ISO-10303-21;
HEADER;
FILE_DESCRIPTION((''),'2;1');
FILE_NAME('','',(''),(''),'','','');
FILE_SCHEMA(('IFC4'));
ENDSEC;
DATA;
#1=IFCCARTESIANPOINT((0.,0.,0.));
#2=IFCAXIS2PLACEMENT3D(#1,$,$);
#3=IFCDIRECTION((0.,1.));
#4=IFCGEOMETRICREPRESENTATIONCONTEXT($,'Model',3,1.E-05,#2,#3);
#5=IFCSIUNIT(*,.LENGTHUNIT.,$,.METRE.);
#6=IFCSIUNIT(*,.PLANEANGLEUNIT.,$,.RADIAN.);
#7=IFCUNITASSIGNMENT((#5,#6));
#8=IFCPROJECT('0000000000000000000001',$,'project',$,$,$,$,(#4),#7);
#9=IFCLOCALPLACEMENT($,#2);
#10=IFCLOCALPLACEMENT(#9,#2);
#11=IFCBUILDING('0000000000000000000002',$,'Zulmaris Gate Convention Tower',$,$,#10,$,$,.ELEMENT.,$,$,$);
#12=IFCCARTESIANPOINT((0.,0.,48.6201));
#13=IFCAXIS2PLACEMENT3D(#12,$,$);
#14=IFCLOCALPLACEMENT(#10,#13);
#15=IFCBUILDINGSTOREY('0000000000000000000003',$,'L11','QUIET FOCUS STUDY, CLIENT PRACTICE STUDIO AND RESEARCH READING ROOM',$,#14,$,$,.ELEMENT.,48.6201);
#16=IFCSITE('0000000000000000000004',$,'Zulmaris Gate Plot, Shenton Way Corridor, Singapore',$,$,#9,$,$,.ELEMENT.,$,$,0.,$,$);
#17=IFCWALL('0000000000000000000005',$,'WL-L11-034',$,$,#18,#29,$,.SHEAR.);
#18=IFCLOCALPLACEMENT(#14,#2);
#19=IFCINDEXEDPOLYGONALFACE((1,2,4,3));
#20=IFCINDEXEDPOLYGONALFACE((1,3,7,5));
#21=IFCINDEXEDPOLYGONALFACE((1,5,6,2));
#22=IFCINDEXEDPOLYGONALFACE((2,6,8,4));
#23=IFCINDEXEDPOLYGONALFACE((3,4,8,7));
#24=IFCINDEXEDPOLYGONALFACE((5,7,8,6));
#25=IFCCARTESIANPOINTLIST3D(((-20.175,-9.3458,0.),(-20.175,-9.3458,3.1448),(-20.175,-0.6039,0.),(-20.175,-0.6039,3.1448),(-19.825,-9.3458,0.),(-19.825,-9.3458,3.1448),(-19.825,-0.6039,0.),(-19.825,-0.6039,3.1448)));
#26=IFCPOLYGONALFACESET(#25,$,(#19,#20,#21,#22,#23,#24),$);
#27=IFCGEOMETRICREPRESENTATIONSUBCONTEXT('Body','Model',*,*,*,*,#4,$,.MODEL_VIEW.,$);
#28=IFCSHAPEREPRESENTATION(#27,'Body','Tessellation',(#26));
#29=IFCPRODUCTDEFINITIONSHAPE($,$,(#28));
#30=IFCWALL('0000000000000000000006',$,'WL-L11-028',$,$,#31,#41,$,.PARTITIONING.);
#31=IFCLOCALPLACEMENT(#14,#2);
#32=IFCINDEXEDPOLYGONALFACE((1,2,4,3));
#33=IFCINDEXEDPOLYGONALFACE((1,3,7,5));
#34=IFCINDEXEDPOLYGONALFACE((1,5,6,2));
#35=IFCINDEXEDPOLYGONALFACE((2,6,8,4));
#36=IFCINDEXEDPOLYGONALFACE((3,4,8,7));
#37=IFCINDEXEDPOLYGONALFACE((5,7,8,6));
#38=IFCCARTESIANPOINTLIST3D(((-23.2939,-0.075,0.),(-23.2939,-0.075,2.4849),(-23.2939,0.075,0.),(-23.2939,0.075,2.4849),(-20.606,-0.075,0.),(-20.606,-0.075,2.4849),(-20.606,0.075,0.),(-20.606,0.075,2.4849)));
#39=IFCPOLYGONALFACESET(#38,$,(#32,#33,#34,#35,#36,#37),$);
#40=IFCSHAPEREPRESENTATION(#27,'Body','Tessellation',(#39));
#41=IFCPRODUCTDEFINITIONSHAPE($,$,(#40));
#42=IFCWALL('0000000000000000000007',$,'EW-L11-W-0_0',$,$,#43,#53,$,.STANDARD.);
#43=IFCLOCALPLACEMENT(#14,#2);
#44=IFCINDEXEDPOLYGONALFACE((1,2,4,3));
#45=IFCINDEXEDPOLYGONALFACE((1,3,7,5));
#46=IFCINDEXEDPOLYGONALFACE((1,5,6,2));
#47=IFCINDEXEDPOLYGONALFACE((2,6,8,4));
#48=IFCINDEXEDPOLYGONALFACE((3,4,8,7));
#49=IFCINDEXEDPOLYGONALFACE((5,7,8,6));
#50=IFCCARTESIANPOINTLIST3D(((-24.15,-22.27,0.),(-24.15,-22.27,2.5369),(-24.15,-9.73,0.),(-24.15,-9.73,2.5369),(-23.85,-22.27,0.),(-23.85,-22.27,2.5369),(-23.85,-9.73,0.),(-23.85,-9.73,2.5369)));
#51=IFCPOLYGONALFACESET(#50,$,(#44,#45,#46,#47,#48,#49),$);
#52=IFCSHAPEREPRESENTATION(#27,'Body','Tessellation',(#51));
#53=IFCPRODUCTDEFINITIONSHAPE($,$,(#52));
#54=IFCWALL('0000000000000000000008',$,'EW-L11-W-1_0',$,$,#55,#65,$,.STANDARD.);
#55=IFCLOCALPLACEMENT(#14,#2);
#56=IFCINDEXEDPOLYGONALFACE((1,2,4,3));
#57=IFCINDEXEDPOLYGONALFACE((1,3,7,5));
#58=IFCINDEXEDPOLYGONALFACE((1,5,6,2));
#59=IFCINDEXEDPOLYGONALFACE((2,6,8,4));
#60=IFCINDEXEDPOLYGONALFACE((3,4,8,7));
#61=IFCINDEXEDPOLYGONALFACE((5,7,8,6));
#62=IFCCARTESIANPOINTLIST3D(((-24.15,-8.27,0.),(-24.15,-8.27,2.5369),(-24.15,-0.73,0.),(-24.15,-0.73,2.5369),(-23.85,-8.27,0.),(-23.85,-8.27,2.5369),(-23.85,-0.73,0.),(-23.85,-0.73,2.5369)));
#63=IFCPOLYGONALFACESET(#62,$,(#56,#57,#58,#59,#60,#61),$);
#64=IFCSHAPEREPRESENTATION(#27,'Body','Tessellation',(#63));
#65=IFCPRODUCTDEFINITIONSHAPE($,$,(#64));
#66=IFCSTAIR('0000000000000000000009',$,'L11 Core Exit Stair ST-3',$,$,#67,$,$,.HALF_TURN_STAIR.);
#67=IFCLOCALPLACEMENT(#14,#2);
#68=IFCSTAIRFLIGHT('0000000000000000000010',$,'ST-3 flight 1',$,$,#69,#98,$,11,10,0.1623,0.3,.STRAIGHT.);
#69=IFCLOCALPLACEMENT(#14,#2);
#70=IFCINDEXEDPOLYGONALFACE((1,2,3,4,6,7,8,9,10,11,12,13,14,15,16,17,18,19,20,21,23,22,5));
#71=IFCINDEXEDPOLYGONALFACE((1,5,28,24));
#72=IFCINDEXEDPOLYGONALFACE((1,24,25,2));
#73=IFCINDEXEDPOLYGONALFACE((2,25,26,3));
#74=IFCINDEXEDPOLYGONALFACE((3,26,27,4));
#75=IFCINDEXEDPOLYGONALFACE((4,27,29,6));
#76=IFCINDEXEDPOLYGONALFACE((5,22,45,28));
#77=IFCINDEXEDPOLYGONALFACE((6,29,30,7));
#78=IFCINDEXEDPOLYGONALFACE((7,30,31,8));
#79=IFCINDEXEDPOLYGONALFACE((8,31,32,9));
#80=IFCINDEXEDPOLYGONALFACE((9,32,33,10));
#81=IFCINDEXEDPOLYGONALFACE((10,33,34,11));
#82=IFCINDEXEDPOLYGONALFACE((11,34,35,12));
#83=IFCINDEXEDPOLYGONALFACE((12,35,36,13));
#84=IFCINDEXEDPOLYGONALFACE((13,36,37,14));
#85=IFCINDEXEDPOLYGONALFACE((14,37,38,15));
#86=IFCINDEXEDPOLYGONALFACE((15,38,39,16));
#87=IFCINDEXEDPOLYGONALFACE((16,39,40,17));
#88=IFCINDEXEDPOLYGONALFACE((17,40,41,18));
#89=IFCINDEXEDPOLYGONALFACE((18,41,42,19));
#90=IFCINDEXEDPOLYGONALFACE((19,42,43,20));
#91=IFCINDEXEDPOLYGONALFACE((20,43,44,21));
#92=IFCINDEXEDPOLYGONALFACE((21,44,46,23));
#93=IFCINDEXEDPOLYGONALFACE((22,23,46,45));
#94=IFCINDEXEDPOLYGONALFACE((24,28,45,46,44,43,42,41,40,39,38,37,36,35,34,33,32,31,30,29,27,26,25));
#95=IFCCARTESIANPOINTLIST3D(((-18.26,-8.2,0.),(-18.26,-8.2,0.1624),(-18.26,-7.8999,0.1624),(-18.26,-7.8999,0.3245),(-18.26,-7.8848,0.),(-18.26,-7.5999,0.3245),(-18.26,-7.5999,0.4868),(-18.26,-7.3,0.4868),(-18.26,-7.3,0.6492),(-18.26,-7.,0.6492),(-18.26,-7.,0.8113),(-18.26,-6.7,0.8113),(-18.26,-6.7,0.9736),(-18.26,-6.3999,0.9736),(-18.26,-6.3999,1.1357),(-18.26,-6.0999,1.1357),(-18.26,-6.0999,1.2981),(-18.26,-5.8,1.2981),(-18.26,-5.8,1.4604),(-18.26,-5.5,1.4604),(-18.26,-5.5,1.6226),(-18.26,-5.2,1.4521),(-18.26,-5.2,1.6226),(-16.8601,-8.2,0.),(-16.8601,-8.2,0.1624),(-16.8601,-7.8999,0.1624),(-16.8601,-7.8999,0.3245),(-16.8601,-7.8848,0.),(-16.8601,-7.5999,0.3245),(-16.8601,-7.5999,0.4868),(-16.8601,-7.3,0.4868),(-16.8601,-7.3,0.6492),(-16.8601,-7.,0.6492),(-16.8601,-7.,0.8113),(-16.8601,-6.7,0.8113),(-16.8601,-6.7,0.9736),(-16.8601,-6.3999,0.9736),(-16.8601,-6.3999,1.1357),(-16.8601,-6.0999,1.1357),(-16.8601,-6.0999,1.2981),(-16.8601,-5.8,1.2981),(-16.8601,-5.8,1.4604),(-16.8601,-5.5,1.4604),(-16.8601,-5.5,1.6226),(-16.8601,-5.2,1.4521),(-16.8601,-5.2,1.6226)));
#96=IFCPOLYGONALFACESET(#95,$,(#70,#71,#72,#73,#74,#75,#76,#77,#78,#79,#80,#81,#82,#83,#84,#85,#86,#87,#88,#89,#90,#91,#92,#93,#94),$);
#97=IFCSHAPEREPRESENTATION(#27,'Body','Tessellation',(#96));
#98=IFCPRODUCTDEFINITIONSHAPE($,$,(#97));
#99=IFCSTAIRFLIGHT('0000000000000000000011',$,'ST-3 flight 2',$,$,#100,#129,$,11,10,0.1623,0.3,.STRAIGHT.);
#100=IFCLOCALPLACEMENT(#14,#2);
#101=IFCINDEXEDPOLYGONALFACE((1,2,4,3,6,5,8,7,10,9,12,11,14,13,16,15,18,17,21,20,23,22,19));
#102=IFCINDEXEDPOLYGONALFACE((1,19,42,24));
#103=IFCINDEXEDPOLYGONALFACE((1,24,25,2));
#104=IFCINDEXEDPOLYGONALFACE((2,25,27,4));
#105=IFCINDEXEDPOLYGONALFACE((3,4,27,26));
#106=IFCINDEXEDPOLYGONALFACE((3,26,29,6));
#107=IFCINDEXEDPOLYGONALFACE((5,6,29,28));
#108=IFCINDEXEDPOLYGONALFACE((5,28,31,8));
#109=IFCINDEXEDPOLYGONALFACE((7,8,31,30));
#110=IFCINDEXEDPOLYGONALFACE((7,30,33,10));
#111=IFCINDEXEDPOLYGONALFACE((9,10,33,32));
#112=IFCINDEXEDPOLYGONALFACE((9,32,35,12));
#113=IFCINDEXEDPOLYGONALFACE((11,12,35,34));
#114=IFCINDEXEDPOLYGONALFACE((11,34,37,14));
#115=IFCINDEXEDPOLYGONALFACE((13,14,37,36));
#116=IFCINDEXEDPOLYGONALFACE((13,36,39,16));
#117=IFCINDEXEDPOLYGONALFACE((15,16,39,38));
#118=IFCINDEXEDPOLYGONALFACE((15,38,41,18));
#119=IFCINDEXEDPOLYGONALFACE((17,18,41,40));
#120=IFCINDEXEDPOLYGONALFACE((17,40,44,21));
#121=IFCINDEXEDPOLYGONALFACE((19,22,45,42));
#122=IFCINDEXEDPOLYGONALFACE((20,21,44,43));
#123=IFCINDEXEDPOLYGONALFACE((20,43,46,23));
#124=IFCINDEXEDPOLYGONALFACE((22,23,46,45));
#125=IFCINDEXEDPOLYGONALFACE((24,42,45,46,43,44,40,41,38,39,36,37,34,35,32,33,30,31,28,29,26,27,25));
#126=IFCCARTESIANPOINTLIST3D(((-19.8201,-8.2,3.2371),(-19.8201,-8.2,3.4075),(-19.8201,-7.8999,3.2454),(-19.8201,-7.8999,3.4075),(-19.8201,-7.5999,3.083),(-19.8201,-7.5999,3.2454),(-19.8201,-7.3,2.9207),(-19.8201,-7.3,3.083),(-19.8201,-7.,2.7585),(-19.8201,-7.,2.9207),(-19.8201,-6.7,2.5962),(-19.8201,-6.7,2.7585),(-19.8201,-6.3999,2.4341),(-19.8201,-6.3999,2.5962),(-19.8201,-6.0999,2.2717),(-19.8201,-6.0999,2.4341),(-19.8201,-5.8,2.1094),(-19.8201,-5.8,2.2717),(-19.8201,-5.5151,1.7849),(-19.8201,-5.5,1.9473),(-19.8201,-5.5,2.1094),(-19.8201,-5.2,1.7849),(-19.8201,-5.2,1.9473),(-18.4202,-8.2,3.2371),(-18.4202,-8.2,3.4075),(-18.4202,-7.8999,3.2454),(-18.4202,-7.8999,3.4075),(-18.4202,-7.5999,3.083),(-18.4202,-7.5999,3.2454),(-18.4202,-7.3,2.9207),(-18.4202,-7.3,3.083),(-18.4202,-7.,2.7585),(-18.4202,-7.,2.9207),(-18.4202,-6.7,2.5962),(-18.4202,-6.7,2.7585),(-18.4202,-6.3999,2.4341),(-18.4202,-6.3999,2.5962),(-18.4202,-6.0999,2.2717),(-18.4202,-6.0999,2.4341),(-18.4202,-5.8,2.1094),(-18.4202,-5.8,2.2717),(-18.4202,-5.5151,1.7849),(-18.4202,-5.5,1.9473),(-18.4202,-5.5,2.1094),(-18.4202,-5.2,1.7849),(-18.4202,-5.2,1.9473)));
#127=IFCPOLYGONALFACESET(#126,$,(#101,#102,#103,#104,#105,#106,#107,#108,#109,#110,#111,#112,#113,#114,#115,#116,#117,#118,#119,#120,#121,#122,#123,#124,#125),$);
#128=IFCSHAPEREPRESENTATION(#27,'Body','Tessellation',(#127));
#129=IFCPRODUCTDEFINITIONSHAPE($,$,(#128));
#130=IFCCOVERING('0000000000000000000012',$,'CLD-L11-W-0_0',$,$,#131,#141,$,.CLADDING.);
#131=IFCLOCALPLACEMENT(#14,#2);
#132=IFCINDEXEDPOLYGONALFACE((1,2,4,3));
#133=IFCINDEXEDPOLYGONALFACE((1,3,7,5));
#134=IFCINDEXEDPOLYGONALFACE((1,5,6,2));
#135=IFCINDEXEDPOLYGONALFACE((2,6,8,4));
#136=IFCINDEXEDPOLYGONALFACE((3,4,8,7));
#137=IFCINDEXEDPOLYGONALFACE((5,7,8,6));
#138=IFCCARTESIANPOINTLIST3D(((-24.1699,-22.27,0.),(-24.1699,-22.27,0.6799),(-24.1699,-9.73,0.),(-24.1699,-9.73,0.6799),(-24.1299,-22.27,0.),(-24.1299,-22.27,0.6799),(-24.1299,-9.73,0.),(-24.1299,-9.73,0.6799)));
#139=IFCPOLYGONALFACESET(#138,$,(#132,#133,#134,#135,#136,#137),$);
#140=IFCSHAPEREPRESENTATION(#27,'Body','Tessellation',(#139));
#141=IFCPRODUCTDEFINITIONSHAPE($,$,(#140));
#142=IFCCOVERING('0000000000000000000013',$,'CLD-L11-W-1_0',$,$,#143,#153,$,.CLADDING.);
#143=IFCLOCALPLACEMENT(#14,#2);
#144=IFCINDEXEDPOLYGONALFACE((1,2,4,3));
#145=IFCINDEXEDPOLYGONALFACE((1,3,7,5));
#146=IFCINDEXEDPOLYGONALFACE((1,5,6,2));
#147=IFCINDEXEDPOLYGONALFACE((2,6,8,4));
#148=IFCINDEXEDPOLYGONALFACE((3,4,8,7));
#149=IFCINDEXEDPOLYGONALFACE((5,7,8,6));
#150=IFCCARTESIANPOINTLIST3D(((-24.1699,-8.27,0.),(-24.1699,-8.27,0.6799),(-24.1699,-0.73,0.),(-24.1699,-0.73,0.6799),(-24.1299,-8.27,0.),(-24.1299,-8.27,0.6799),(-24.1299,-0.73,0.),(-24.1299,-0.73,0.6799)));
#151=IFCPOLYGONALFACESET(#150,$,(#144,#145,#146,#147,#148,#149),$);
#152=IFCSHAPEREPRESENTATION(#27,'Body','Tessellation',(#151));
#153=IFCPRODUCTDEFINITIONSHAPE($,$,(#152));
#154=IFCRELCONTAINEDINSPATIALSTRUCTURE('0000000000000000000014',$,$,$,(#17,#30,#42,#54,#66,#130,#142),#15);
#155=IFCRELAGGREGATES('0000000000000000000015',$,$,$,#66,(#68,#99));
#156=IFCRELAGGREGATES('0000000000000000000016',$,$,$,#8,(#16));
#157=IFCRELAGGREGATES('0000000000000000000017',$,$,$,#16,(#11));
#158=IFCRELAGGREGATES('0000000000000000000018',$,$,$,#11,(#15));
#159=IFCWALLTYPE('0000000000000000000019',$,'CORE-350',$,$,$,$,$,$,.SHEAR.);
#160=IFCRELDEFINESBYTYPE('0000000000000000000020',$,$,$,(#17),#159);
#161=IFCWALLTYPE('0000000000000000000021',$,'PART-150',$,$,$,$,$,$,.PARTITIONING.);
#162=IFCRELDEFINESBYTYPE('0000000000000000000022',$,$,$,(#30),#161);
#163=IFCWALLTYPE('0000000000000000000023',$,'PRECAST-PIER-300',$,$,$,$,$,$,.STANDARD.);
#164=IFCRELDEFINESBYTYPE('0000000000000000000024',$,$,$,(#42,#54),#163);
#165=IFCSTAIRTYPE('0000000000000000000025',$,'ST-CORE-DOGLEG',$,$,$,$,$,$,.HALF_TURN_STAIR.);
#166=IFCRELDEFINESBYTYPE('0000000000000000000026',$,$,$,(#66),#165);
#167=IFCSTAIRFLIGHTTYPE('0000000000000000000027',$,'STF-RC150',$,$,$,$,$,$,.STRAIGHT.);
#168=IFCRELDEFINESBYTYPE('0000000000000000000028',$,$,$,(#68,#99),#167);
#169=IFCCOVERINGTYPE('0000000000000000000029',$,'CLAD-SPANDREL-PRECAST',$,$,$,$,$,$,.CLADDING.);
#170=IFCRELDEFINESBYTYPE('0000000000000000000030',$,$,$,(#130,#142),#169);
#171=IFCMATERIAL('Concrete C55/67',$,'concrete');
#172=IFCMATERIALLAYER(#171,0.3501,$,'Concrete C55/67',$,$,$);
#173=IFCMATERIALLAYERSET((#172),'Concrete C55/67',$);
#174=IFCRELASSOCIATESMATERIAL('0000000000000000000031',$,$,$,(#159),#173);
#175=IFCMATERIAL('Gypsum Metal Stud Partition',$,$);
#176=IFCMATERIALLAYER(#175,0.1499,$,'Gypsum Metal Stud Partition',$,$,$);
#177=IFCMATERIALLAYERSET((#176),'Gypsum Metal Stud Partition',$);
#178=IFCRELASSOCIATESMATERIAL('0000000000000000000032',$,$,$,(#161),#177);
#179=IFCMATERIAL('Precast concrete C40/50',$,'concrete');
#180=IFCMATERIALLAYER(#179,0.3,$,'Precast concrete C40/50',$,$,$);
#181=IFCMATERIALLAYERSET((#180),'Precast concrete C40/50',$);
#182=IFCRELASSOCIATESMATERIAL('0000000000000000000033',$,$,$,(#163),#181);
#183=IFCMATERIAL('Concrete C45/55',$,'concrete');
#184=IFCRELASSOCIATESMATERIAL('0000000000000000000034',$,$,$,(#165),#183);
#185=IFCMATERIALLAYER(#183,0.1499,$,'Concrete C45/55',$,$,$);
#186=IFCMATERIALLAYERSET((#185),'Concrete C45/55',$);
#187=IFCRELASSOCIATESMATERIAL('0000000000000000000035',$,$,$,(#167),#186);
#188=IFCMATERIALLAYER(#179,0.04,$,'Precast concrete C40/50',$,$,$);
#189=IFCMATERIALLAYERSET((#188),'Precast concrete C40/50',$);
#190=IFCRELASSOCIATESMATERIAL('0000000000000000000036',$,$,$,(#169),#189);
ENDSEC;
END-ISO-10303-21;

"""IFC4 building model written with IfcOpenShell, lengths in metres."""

from ifc_helpers import new_model, si_unit, direction, frame, frame_2d, origin, place, context, subcontext, project, spatial, polyline, rectangle, outline, extrude, material, layer, layer_set, type_object, element, aggregate, save


model = new_model("IFC4")

# Units and contexts
model_context = context("Model", 3, precision=1e-05, world=origin(), true_north=direction((0.0, 1.0)))
body_context = subcontext(model_context, "Body", "Model", "MODEL_VIEW")
ifc_project = project(units=[si_unit("LENGTHUNIT", "METRE"), si_unit("PLANEANGLEUNIT", "RADIAN")], contexts=[model_context])

# Site, building, storey
site_placement = place(None, origin())
site = spatial("IfcSite", under=ifc_project, at=site_placement, Name="Zulmaris Gate Plot, Shenton Way Corridor, Singapore", CompositionType="ELEMENT", RefElevation=0.0)
building_placement = place(site_placement, origin())
building = spatial("IfcBuilding", under=site, at=building_placement, Name="Zulmaris Gate Convention Tower", CompositionType="ELEMENT")
storey_placement = place(building_placement, frame((0.0, 0.0, 48.6201)))
storey = spatial("IfcBuildingStorey", under=building, at=storey_placement, Name="L11", Description="QUIET FOCUS STUDY, CLIENT PRACTICE STUDIO AND RESEARCH READING ROOM", CompositionType="ELEMENT", Elevation=48.6201)

# Walls
ifc_material_1 = material(Name="Concrete C55/67", Category="concrete")
ifc_layer_1 = layer(ifc_material_1, 0.3501, Name="Concrete C55/67")
ifc_layer_set_1 = layer_set([ifc_layer_1], Name="Concrete C55/67")
wall_type_1 = type_object("IfcWallType", Name="CORE-350", PredefinedType="SHEAR", material=ifc_layer_set_1)
wall_1_placement = place(storey_placement, frame((-20.0, -9.3459, 0.0), z_axis=(0.0, 0.0, 1.0), x_axis=(0.0, 1.0, 0.0)))
element("IfcWall", 1, at=wall_1_placement, inside=storey, type_object=wall_type_1, Name="WL-L11-034", PredefinedType="SHEAR", context=body_context, shape_type="SweptSolid", body=[
    extrude(rectangle(XDim=8.7419, YDim=0.3501, at=frame_2d((4.3711, 0.0))), origin(), (0.0, 0.0, 1.0), 3.1448),
])
ifc_material_2 = material(Name="Gypsum Metal Stud Partition")
ifc_layer_2 = layer(ifc_material_2, 0.1499, Name="Gypsum Metal Stud Partition")
ifc_layer_set_2 = layer_set([ifc_layer_2], Name="Gypsum Metal Stud Partition")
wall_type_2 = type_object("IfcWallType", Name="PART-150", PredefinedType="PARTITIONING", material=ifc_layer_set_2)
wall_2_placement = place(storey_placement, frame((-23.2939, 0.0, 0.0), z_axis=(0.0, 0.0, 1.0), x_axis=(1.0, 0.0, 0.0)))
element("IfcWall", 2, at=wall_2_placement, inside=storey, type_object=wall_type_2, Name="WL-L11-028", PredefinedType="PARTITIONING", context=body_context, shape_type="SweptSolid", body=[
    extrude(rectangle(XDim=2.688, YDim=0.1499, at=frame_2d((1.344, 0.0))), origin(), (0.0, 0.0, 1.0), 2.4849),
])
ifc_material_3 = material(Name="Precast concrete C40/50", Category="concrete")
ifc_layer_3 = layer(ifc_material_3, 0.3, Name="Precast concrete C40/50")
ifc_layer_set_3 = layer_set([ifc_layer_3], Name="Precast concrete C40/50")
wall_type_3 = type_object("IfcWallType", Name="PRECAST-PIER-300", PredefinedType="STANDARD", material=ifc_layer_set_3)
wall_3_placement = place(storey_placement, frame((-24.0, -9.73, 0.0), z_axis=(0.0, 0.0, 1.0), x_axis=(0.0, -1.0, 0.0)))
element("IfcWall", 3, at=wall_3_placement, inside=storey, type_object=wall_type_3, Name="EW-L11-W-0_0", PredefinedType="STANDARD", context=body_context, shape_type="SweptSolid", body=[
    extrude(rectangle(XDim=12.54, YDim=0.3, at=frame_2d((6.27, 0.0))), origin(), (0.0, 0.0, 1.0), 2.5369),
])
wall_4_placement = place(storey_placement, frame((-24.0, -0.73, 0.0), z_axis=(0.0, 0.0, 1.0), x_axis=(0.0, -1.0, 0.0)))
element("IfcWall", 4, at=wall_4_placement, inside=storey, type_object=wall_type_3, Name="EW-L11-W-1_0", PredefinedType="STANDARD", context=body_context, shape_type="SweptSolid", body=[
    extrude(rectangle(XDim=7.54, YDim=0.3, at=frame_2d((3.77, 0.0))), origin(), (0.0, 0.0, 1.0), 2.5369),
])

# Stair, stair flights
ifc_material_4 = material(Name="Concrete C45/55", Category="concrete")
stair_type = type_object("IfcStairType", Name="ST-CORE-DOGLEG", PredefinedType="HALF_TURN_STAIR", material=ifc_material_4)
stair_placement = place(storey_placement, origin())
stair = element("IfcStair", 5, at=stair_placement, inside=storey, type_object=stair_type, Name="L11 Core Exit Stair ST-3", PredefinedType="HALF_TURN_STAIR")
ifc_layer_4 = layer(ifc_material_4, 0.1499, Name="Concrete C45/55")
ifc_layer_set_4 = layer_set([ifc_layer_4], Name="Concrete C45/55")
stair_flight_type = type_object("IfcStairFlightType", Name="STF-RC150", PredefinedType="STRAIGHT", material=ifc_layer_set_4)
stair_flight_1_placement = place(storey_placement, frame((-17.5601, -8.2, 0.0), z_axis=(0.0, 0.0, 1.0), x_axis=(0.0, 1.0, 0.0)))
stair_flight_1 = element("IfcStairFlight", 6, at=stair_flight_1_placement, type_object=stair_flight_type, Name="ST-3 flight 1", NumberOfRisers=11, NumberOfTreads=10, PredefinedType="STRAIGHT", RiserHeight=0.1623, TreadLength=0.3, context=body_context, shape_type="SweptSolid", body=[
    extrude(outline(polyline([(0.0, 0.0), (0.0, 0.1624), (0.3, 0.1624), (0.3, 0.3245), (0.6001, 0.3245), (0.6001, 0.4868), (0.8999, 0.4868), (0.8999, 0.6492), (1.2, 0.6492), (1.2, 0.8113), (1.5, 0.8113), (1.5, 0.9736), (1.8, 0.9736), (1.8, 1.1357), (2.1001, 1.1357), (2.1001, 1.2981), (2.3999, 1.2981), (2.3999, 1.4604), (2.7, 1.4604), (2.7, 1.6226), (3.0, 1.6226), (3.0, 1.7849), (3.0, 1.4521), (0.3152, 0.0), (0.0, 0.0)])), frame((0.0, 0.7, 0.0), z_axis=(0.0, -1.0, 0.0), x_axis=(1.0, 0.0, 0.0)), (0.0, 0.0, 1.0), 1.3999),
])
stair_flight_2_placement = place(storey_placement, frame((-19.1201, -5.2, 1.7849), z_axis=(0.0, 0.0, 1.0), x_axis=(0.0, -1.0, 0.0)))
stair_flight_2 = element("IfcStairFlight", 7, at=stair_flight_2_placement, type_object=stair_flight_type, Name="ST-3 flight 2", NumberOfRisers=11, NumberOfTreads=10, PredefinedType="STRAIGHT", RiserHeight=0.1623, TreadLength=0.3, context=body_context, shape_type="SweptSolid", body=[
    extrude(outline(polyline([(0.0, 0.0), (0.0, 0.1624), (0.3, 0.1624), (0.3, 0.3245), (0.6001, 0.3245), (0.6001, 0.4868), (0.8999, 0.4868), (0.8999, 0.6492), (1.2, 0.6492), (1.2, 0.8113), (1.5, 0.8113), (1.5, 0.9736), (1.8, 0.9736), (1.8, 1.1357), (2.1001, 1.1357), (2.1001, 1.2981), (2.3999, 1.2981), (2.3999, 1.4604), (2.7, 1.4604), (2.7, 1.6226), (3.0, 1.6226), (3.0, 1.7849), (3.0, 1.4521), (0.3152, 0.0), (0.0, 0.0)])), frame((0.0, 0.7, 0.0), z_axis=(0.0, -1.0, 0.0), x_axis=(1.0, 0.0, 0.0)), (0.0, 0.0, 1.0), 1.3999),
])
aggregate(stair, [stair_flight_1, stair_flight_2])

# Coverings
ifc_layer_5 = layer(ifc_material_3, 0.04, Name="Precast concrete C40/50")
ifc_layer_set_5 = layer_set([ifc_layer_5], Name="Precast concrete C40/50")
covering_type = type_object("IfcCoveringType", Name="CLAD-SPANDREL-PRECAST", PredefinedType="CLADDING", material=ifc_layer_set_5)
covering_1_placement = place(storey_placement, frame((-24.1499, -9.73, 0.0), z_axis=(0.0, 0.0, 1.0), x_axis=(0.0, -1.0, 0.0)))
element("IfcCovering", 8, at=covering_1_placement, inside=storey, type_object=covering_type, Name="CLD-L11-W-0_0", PredefinedType="CLADDING", context=body_context, shape_type="SweptSolid", body=[
    extrude(rectangle(XDim=12.54, YDim=0.04, at=frame_2d((6.27, 0.0))), origin(), (0.0, 0.0, 1.0), 0.6799),
])
covering_2_placement = place(storey_placement, frame((-24.1499, -0.73, 0.0), z_axis=(0.0, 0.0, 1.0), x_axis=(0.0, -1.0, 0.0)))
element("IfcCovering", 9, at=covering_2_placement, inside=storey, type_object=covering_type, Name="CLD-L11-W-1_0", PredefinedType="CLADDING", context=body_context, shape_type="SweptSolid", body=[
    extrude(rectangle(XDim=7.54, YDim=0.04, at=frame_2d((3.77, 0.0))), origin(), (0.0, 0.0, 1.0), 0.6799),
])

save(model, "model.ifc")
